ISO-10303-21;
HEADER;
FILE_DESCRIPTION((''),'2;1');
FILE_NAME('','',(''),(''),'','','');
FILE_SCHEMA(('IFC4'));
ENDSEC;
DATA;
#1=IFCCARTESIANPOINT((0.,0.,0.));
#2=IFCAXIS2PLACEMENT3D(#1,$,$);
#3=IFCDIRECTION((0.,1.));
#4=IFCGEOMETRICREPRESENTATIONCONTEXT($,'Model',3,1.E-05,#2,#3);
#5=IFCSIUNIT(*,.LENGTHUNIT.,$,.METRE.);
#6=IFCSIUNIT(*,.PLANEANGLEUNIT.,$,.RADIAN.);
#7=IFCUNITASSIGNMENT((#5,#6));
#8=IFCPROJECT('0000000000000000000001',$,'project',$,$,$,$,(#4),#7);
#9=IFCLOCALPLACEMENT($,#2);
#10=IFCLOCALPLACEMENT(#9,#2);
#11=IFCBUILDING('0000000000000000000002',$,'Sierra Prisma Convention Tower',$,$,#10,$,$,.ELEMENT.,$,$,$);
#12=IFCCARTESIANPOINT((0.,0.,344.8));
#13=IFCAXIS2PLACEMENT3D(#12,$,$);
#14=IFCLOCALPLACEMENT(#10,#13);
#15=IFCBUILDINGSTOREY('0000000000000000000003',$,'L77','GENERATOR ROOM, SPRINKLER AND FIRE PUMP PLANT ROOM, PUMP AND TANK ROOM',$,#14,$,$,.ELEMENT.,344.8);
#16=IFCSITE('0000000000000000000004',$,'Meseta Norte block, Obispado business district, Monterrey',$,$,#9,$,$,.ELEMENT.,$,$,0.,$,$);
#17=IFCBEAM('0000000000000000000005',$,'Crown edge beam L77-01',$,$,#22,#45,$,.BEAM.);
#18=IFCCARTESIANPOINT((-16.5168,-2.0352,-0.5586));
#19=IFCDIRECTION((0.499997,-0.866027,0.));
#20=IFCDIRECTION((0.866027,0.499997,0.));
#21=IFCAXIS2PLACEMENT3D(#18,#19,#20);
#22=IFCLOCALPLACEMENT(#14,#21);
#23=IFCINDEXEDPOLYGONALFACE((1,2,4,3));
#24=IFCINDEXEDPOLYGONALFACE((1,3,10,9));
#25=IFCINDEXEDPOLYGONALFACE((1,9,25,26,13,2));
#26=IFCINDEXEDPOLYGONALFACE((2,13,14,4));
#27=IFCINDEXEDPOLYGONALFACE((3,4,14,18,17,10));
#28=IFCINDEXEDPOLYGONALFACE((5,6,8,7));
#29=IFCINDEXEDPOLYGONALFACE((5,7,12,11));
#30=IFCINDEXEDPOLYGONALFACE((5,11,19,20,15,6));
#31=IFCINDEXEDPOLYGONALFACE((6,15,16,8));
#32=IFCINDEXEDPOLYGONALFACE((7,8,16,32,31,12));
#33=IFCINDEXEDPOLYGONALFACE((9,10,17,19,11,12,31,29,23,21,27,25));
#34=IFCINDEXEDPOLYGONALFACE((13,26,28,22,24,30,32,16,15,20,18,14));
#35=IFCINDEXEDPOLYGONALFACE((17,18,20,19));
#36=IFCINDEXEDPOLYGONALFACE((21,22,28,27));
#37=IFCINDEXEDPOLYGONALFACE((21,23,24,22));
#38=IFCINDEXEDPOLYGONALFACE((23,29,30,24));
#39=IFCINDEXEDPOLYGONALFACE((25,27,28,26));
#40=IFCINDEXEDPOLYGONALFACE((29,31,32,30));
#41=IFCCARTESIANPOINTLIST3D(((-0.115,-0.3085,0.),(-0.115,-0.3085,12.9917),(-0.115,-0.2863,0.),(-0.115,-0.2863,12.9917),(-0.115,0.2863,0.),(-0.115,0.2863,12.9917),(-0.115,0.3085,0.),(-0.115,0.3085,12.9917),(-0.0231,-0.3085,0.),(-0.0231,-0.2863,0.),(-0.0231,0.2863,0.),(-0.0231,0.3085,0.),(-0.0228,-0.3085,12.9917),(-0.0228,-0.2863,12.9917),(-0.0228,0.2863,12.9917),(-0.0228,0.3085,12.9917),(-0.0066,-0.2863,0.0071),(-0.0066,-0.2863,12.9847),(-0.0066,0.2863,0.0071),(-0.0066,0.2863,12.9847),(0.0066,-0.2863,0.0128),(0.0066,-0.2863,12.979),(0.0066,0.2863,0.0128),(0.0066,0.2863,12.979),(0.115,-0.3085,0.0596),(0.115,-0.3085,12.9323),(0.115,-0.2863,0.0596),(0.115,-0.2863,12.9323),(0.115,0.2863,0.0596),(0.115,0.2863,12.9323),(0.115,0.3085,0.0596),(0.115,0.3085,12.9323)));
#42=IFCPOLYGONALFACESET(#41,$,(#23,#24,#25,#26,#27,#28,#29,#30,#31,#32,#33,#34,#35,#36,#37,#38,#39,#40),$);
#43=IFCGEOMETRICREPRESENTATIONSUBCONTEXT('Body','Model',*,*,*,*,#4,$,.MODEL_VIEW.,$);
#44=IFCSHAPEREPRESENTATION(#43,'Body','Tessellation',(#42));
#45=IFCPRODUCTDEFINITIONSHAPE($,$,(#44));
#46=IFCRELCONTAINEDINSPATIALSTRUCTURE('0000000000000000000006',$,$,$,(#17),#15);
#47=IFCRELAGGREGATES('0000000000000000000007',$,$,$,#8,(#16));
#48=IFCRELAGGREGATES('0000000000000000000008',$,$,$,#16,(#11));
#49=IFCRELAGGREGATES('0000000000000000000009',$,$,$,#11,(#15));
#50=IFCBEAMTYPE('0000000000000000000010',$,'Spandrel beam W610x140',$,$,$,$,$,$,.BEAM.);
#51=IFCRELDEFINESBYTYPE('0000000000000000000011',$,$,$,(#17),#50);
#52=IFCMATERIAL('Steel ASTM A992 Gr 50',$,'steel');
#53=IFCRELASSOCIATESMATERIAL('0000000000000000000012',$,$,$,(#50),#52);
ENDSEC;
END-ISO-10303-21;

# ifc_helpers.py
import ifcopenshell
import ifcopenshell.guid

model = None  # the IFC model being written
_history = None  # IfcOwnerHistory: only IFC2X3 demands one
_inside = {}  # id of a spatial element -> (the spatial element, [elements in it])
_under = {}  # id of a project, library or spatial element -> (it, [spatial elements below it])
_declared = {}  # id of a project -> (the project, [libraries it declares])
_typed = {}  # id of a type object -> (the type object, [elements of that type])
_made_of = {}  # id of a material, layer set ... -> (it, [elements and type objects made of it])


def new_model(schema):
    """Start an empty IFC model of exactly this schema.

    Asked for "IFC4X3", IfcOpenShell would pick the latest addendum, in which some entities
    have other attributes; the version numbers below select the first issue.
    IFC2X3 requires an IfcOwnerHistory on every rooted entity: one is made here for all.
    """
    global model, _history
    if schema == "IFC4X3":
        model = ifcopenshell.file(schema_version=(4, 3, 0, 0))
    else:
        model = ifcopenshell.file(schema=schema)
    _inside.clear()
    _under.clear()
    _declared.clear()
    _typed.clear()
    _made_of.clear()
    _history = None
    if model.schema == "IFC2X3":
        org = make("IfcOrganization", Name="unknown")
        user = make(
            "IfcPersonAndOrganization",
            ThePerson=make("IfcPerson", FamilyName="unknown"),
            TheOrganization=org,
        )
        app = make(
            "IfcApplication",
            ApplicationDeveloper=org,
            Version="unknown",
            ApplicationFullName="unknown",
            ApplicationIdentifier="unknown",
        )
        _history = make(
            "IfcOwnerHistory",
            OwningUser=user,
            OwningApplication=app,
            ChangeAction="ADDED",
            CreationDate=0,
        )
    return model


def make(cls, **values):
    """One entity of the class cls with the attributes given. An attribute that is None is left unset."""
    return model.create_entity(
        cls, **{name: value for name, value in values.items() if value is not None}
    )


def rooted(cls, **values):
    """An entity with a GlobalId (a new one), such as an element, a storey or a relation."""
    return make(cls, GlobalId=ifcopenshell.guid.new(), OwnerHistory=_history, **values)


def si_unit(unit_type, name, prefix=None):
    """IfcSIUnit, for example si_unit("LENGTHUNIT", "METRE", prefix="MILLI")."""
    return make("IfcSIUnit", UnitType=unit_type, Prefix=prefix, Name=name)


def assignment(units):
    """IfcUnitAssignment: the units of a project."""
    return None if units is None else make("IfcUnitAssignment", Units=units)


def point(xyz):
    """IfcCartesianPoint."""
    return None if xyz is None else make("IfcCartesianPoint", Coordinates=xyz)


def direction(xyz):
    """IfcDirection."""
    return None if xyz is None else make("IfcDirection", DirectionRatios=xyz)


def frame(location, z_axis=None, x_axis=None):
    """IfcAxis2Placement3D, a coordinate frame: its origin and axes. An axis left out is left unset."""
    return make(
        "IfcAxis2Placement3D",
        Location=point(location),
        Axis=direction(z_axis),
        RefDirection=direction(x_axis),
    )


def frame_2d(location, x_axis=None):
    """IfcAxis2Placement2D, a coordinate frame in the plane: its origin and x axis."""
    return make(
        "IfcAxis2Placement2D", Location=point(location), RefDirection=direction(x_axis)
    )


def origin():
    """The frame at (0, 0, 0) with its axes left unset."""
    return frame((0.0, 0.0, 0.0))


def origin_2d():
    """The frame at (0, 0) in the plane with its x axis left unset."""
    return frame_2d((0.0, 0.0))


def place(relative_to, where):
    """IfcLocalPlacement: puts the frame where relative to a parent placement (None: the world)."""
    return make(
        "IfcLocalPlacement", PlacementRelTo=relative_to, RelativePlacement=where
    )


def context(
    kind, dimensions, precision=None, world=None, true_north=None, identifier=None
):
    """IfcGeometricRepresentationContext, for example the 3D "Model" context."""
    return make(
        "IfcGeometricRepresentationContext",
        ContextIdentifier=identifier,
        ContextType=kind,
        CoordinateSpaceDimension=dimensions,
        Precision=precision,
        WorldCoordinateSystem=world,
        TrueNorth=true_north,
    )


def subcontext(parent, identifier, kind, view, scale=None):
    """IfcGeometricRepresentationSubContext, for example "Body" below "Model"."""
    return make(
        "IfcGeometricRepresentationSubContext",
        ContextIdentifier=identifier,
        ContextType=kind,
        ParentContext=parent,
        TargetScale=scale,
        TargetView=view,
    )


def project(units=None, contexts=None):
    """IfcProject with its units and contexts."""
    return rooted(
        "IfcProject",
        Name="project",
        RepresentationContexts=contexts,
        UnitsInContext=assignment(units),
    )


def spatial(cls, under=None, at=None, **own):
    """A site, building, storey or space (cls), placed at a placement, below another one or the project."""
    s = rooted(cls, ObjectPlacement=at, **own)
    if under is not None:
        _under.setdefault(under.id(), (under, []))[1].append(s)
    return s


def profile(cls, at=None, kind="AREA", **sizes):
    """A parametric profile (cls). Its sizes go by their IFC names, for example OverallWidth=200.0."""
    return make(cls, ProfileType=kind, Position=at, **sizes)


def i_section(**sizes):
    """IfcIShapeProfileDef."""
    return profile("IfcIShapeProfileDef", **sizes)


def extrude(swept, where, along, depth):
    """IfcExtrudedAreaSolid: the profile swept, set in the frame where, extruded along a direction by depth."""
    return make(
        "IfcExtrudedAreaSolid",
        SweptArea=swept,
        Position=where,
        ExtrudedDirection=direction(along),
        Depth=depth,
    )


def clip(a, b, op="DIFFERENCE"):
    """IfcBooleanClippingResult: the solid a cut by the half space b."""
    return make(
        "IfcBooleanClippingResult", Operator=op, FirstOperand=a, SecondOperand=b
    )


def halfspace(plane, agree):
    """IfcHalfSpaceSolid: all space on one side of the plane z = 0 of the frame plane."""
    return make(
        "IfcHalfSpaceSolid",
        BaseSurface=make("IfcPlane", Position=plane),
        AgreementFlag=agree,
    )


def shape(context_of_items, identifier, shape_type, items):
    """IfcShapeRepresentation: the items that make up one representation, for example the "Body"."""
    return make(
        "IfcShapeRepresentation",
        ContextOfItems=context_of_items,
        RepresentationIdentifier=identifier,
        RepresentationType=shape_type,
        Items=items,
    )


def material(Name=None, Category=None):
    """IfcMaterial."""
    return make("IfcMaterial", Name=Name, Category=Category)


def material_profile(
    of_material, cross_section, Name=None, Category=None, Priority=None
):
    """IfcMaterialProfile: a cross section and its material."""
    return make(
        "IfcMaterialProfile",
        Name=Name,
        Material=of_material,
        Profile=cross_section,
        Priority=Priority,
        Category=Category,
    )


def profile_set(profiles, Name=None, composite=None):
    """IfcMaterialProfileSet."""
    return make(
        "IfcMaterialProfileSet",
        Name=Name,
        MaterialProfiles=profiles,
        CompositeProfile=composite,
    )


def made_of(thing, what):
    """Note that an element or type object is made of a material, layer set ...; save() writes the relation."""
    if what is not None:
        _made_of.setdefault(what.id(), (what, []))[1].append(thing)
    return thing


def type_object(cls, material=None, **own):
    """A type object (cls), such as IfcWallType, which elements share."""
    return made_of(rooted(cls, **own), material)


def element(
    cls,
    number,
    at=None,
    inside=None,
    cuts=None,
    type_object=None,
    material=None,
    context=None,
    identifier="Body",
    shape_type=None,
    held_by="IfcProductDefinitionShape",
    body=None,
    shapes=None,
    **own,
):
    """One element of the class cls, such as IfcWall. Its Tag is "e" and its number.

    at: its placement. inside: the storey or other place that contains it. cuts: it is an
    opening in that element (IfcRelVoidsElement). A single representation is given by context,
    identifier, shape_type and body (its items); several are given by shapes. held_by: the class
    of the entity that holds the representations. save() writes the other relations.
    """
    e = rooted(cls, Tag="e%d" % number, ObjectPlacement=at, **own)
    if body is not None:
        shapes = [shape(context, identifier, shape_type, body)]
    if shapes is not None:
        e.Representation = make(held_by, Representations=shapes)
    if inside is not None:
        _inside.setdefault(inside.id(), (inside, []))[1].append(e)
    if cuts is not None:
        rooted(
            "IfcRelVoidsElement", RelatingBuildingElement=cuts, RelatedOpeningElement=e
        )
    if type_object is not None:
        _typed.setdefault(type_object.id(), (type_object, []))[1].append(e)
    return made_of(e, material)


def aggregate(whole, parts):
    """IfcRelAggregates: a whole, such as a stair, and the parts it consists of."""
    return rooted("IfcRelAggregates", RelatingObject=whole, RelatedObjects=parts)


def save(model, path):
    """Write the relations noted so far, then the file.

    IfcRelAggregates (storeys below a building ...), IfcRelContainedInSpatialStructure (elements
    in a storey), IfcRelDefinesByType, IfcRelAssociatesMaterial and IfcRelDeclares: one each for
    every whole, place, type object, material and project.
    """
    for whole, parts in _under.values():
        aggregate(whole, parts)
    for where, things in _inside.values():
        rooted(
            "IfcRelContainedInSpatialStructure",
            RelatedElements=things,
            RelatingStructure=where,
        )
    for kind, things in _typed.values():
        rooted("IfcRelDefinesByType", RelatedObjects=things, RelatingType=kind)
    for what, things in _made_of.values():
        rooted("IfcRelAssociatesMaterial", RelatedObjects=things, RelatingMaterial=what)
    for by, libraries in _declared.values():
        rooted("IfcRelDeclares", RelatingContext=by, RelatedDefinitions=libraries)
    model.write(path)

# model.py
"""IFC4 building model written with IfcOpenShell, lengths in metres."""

from ifc_helpers import new_model, si_unit, direction, frame, origin, origin_2d, place, context, subcontext, project, spatial, i_section, extrude, clip, halfspace, material, material_profile, profile_set, type_object, element, save


model = new_model("IFC4")

# Units and contexts
model_context = context("Model", 3, precision=1e-05, world=origin(), true_north=direction((0.0, 1.0)))
body_context = subcontext(model_context, "Body", "Model", "MODEL_VIEW")
ifc_project = project(units=[si_unit("LENGTHUNIT", "METRE"), si_unit("PLANEANGLEUNIT", "RADIAN")], contexts=[model_context])

# Site, building, storey
site_placement = place(None, origin())
site = spatial("IfcSite", under=ifc_project, at=site_placement, Name="Meseta Norte block, Obispado business district, Monterrey", CompositionType="ELEMENT", RefElevation=0.0)
building_placement = place(site_placement, origin())
building = spatial("IfcBuilding", under=site, at=building_placement, Name="Sierra Prisma Convention Tower", CompositionType="ELEMENT")
storey_placement = place(building_placement, frame((0.0, 0.0, 344.8)))
storey = spatial("IfcBuildingStorey", under=building, at=storey_placement, Name="L77", Description="GENERATOR ROOM, SPRINKLER AND FIRE PUMP PLANT ROOM, PUMP AND TANK ROOM", CompositionType="ELEMENT", Elevation=344.8)

# Beam
ifc_material_1 = material(Name="Steel ASTM A992 Gr 50", Category="steel")
ifc_material_profile_1 = material_profile(ifc_material_1, i_section(OverallWidth=0.23, OverallDepth=0.6169, WebThickness=0.0132, FlangeThickness=0.0222, at=origin_2d()), Name="W610x140")
ifc_profile_set_1 = profile_set([ifc_material_profile_1], Name="Steel ASTM A992 Gr 50")
beam_type_1 = type_object("IfcBeamType", Name="Spandrel beam W610x140", PredefinedType="BEAM", material=ifc_profile_set_1)
beam_1_placement = place(storey_placement, frame((-16.5168, -2.0352, -0.5586), z_axis=(0.499997, -0.866027, 0.0), x_axis=(0.866027, 0.499997, 0.0)))
element("IfcBeam", 1, at=beam_1_placement, inside=storey, type_object=beam_type_1, Name="Crown edge beam L77-01", PredefinedType="BEAM", context=body_context, shape_type="SweptSolid", body=[
    clip(clip(extrude(i_section(OverallWidth=0.23, OverallDepth=0.6169, WebThickness=0.0132, FlangeThickness=0.0222, at=origin_2d()), origin(), (0.0, 0.0, 1.0), 12.9917), halfspace(frame((-0.0452, 0.0, -0.0095), z_axis=(-0.396127, 0.0, 0.918196), x_axis=(0.918196, 0.0, 0.396127)), True)), halfspace(frame((-0.0454, 0.0, 13.0015), z_axis=(-0.396132, 0.0, -0.918193), x_axis=(0.918193, 0.0, -0.396132)), True)),
])

save(model, "model.ifc")
